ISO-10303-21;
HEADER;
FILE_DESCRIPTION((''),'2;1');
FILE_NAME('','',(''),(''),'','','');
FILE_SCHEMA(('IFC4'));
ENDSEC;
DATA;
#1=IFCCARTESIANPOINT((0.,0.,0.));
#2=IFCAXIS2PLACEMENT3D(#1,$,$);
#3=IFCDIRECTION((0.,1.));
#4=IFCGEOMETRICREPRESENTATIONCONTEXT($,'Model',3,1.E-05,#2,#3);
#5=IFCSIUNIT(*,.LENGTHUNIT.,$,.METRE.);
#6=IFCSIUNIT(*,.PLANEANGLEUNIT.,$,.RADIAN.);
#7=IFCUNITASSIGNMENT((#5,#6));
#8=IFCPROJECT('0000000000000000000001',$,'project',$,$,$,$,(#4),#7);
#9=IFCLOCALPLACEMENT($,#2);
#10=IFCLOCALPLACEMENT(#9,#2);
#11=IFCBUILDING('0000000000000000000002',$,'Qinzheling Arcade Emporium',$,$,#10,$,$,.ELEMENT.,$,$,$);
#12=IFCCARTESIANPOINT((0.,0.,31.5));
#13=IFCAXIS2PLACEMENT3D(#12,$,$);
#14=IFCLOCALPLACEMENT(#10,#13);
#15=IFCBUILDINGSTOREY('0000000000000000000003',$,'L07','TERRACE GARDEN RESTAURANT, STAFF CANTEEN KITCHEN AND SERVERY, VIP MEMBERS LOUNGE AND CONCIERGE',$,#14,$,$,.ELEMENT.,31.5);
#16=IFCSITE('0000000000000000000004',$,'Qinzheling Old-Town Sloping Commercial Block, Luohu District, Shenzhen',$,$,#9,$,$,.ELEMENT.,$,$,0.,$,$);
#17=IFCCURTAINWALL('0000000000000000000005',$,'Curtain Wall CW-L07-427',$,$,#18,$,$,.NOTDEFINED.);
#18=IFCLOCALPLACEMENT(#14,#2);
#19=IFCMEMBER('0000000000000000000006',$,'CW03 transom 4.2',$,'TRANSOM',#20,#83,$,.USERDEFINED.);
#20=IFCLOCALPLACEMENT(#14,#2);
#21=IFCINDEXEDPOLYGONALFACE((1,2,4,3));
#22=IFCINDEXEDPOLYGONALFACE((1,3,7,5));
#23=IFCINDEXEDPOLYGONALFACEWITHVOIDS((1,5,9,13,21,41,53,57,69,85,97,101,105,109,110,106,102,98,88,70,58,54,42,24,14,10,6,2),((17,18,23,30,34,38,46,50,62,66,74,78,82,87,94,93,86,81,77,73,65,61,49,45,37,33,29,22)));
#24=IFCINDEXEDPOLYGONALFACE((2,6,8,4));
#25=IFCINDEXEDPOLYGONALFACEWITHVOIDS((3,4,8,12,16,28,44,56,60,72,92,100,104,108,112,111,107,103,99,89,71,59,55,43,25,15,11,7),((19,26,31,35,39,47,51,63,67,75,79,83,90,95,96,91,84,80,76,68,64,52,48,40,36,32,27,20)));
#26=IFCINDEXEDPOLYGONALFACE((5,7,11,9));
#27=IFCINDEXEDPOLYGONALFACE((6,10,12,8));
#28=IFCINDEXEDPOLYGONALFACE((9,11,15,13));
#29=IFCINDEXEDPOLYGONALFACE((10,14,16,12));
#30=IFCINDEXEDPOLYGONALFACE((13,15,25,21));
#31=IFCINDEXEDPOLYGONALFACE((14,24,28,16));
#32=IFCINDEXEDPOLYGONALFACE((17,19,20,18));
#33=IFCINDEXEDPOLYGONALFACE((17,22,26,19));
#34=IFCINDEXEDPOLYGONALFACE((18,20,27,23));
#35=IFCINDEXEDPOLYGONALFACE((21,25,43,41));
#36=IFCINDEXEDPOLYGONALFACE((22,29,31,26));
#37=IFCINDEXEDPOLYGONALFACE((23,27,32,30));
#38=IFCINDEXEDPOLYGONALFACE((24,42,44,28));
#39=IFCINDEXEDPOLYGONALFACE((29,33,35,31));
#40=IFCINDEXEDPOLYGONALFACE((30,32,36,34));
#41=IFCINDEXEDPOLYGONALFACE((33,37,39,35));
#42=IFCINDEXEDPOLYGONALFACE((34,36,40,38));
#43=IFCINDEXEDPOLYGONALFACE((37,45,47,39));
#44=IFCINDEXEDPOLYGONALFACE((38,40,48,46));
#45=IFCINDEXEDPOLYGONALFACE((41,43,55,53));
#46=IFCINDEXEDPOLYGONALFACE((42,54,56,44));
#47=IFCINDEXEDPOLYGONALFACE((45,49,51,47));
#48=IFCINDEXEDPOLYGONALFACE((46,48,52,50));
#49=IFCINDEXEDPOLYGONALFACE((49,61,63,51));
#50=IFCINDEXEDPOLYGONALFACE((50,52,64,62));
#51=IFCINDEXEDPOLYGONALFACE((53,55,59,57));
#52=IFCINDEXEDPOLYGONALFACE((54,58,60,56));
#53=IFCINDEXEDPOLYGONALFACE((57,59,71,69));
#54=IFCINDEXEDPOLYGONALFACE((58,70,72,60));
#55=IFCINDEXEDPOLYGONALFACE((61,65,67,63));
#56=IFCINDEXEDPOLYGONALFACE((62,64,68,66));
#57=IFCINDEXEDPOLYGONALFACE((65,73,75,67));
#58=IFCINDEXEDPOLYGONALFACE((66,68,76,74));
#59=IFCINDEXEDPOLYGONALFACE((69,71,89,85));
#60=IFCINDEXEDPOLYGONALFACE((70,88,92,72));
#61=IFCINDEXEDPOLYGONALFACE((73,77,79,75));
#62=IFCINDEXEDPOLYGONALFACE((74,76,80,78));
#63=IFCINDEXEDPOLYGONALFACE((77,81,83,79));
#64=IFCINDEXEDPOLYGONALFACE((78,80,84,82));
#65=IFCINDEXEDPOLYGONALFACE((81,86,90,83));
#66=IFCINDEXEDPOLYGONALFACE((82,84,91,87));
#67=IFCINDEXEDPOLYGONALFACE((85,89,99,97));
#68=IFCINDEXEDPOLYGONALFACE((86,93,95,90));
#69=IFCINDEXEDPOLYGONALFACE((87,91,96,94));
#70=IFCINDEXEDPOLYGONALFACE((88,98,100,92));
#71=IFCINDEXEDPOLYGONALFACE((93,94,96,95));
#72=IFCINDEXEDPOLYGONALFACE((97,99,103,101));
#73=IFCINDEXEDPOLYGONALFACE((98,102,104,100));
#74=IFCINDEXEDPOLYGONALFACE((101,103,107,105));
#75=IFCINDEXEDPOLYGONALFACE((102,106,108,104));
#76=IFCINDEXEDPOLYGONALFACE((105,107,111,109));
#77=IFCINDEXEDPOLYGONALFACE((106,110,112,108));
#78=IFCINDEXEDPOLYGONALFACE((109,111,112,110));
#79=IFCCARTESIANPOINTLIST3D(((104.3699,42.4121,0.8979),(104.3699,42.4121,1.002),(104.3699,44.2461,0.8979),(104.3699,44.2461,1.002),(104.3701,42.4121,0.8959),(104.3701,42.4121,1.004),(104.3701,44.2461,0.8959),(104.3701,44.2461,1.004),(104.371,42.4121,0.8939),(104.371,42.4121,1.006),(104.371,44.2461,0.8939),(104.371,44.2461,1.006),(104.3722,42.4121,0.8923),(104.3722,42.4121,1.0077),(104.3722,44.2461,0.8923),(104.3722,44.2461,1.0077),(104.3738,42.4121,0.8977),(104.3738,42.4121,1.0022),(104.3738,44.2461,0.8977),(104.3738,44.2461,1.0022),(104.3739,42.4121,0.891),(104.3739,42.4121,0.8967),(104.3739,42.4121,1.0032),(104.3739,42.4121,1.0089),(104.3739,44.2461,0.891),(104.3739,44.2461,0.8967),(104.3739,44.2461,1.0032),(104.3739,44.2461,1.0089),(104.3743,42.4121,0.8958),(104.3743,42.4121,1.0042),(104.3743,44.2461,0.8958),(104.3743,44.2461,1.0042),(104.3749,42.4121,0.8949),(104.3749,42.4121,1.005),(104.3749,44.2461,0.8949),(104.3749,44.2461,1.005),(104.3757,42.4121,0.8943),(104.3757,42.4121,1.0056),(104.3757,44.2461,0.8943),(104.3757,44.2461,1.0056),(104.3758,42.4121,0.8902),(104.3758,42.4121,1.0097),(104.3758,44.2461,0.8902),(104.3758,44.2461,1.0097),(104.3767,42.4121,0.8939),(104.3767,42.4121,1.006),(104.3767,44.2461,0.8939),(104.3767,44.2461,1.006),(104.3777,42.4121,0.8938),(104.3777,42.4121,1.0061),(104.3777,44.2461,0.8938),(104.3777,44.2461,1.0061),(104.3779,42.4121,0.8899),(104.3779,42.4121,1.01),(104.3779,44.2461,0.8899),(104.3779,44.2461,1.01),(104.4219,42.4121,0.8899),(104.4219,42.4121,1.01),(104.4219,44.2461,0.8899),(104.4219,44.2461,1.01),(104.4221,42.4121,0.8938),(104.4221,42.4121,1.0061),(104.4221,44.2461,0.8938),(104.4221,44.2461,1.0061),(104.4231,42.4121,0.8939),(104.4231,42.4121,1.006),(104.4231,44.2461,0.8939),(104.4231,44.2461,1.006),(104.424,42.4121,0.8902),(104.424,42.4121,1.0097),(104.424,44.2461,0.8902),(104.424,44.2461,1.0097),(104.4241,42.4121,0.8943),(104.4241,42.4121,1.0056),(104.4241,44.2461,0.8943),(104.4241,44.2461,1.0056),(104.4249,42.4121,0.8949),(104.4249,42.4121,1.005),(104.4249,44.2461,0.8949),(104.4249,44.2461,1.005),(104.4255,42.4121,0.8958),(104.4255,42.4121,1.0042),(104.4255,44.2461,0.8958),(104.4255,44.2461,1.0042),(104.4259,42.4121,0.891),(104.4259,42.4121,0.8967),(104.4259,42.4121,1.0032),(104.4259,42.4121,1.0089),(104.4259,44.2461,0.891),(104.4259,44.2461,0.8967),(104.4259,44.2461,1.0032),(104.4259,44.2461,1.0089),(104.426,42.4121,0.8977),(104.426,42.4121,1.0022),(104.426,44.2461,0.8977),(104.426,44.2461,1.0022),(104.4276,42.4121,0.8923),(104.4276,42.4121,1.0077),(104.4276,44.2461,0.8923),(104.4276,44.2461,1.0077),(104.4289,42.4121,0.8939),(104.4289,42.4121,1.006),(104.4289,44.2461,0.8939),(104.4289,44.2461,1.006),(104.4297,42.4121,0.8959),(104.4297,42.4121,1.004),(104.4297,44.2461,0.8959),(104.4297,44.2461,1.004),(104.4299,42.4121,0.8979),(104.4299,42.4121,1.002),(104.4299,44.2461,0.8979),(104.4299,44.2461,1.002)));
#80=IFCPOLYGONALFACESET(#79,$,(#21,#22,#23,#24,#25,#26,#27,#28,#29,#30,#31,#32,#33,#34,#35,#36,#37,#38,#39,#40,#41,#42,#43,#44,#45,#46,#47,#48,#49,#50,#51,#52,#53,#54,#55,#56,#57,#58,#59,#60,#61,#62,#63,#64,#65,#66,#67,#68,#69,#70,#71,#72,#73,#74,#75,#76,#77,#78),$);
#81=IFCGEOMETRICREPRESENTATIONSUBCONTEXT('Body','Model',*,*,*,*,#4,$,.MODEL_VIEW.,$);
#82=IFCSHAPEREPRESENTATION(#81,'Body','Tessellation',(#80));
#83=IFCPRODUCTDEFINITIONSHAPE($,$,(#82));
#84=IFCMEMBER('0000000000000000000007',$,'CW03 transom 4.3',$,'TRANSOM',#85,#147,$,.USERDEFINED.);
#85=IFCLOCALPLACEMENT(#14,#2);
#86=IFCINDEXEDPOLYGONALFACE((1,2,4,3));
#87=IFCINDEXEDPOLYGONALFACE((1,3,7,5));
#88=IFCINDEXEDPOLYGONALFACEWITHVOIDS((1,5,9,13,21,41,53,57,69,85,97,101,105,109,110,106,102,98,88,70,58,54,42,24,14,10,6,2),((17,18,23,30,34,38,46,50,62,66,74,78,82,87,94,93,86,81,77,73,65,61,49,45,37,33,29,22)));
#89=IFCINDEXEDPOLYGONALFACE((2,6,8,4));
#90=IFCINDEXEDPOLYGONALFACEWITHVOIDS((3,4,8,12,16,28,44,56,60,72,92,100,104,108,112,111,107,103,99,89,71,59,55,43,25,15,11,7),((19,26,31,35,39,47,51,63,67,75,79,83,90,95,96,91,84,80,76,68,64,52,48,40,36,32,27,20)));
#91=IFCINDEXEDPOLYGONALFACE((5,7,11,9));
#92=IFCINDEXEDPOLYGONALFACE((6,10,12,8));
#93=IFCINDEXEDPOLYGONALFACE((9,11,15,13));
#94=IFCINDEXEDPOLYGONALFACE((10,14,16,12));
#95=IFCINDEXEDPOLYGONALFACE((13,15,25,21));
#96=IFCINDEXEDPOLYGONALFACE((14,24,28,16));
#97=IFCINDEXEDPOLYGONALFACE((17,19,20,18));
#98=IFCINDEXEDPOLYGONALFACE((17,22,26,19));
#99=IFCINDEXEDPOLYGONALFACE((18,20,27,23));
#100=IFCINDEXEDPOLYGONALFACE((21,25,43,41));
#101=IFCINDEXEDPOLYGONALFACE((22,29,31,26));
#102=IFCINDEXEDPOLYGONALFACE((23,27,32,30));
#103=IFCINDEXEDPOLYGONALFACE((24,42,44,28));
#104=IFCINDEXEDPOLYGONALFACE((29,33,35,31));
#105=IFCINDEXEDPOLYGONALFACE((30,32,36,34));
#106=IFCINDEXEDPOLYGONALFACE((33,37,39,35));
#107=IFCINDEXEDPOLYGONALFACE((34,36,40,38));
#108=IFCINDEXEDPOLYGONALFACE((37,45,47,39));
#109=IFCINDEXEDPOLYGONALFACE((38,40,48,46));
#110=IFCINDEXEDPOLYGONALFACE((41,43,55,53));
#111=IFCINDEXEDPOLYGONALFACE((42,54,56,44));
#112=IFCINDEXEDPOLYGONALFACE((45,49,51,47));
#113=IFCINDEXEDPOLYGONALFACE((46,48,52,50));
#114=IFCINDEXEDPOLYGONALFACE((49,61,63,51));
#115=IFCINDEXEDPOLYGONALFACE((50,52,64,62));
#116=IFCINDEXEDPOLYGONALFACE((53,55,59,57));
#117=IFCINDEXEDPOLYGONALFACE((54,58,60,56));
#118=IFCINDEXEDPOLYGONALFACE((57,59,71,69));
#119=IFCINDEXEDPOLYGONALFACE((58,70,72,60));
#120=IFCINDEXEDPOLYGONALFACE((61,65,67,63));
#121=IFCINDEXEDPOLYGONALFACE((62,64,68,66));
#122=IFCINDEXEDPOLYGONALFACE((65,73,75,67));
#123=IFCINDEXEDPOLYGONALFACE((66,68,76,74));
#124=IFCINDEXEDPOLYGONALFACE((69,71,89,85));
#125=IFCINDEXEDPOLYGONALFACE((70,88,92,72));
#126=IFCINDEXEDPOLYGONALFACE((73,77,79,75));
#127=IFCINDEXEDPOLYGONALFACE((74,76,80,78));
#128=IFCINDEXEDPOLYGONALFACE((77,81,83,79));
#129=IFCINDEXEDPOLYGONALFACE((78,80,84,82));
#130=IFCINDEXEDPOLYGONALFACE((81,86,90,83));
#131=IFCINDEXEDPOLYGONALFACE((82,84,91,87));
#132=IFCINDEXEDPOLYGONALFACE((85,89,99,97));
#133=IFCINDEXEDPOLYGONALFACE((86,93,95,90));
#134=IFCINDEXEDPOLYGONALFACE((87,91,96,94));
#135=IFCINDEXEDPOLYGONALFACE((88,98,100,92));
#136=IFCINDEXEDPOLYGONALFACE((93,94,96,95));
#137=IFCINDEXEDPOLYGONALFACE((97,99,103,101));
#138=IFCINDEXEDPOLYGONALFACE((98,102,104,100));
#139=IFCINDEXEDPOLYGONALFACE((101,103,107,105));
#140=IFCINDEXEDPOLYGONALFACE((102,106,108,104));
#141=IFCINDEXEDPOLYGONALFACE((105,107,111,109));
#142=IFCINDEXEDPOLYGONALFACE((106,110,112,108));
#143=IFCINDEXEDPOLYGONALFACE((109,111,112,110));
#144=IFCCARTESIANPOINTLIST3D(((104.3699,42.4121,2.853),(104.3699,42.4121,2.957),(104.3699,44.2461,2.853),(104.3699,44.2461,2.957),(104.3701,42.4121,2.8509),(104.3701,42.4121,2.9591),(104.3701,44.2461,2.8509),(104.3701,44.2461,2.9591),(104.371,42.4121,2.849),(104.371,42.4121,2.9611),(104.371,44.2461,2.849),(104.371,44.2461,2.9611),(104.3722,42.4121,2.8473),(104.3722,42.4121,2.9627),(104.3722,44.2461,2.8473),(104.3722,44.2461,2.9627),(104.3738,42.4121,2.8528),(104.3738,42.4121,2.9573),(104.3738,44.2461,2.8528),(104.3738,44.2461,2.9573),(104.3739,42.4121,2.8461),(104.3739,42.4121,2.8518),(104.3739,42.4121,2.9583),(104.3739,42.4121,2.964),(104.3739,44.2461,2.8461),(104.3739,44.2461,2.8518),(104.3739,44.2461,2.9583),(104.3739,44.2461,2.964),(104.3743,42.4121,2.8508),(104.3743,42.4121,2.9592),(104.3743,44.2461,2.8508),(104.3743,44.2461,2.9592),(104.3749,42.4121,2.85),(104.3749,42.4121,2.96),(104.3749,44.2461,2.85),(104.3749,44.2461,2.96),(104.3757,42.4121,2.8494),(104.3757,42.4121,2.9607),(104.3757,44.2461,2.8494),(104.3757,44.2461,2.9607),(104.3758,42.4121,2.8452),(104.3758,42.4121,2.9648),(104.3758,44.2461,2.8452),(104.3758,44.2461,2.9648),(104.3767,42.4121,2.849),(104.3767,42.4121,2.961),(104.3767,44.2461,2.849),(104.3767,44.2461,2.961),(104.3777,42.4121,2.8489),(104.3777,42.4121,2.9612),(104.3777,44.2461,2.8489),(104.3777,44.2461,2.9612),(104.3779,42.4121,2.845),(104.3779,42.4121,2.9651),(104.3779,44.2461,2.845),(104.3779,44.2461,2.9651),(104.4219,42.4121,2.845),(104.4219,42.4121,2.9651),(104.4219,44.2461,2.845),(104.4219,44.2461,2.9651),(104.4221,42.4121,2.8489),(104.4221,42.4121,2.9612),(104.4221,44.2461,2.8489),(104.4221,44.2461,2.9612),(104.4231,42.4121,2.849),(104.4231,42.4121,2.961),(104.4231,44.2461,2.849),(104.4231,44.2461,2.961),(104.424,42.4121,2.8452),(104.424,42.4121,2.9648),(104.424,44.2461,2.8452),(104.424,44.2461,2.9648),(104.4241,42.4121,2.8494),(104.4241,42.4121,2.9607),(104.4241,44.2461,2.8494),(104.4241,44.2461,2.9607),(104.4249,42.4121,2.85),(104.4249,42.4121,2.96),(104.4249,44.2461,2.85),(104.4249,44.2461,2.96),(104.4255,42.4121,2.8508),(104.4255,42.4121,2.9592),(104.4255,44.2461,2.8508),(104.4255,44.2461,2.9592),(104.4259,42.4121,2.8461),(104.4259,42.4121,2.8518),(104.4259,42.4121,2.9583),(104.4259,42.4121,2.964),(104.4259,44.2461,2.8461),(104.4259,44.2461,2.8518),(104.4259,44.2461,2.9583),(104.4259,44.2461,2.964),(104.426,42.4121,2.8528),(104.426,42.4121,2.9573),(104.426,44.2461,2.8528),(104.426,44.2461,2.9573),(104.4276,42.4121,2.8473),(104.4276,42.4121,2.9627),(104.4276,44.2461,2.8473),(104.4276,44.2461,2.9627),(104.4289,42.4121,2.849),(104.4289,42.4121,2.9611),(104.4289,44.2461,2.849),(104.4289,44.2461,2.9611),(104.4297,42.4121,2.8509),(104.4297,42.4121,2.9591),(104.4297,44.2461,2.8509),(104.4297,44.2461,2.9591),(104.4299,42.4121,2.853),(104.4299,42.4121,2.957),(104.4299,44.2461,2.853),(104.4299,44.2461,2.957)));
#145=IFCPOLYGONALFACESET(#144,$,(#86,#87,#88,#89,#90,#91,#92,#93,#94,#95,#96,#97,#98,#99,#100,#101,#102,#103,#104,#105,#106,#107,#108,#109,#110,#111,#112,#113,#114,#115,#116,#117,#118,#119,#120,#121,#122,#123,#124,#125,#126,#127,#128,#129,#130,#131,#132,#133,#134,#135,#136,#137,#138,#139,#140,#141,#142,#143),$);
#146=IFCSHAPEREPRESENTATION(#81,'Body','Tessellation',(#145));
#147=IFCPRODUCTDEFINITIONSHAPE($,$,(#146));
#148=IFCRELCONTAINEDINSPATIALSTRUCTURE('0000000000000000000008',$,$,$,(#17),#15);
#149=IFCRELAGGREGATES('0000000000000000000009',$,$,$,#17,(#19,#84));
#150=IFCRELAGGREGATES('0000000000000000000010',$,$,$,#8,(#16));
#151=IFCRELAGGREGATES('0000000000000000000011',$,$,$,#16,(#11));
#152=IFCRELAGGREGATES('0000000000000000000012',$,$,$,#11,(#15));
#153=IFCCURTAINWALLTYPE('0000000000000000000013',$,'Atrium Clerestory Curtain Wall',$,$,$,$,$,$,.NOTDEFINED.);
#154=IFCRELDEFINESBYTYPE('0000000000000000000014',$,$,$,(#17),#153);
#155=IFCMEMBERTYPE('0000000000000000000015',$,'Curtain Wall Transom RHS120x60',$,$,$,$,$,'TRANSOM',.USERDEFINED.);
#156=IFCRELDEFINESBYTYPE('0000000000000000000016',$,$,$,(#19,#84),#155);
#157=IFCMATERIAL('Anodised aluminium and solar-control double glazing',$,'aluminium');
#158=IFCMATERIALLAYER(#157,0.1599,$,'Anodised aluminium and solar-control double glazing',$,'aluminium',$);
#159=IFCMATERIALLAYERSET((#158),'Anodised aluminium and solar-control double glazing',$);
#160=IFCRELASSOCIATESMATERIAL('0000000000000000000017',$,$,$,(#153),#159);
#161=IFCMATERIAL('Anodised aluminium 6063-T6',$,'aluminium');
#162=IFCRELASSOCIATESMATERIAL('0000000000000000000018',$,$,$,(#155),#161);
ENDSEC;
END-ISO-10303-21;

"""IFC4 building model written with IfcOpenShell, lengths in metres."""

from ifc_helpers import new_model, si_unit, direction, frame, origin, origin_2d, place, context, subcontext, project, spatial, hollow_rectangle, extrude, material, layer, layer_set, material_profile, profile_set, type_object, element, aggregate, save


model = new_model("IFC4")

# Units and contexts
model_context = context("Model", 3, precision=1e-05, world=origin(), true_north=direction((0.0, 1.0)))
body_context = subcontext(model_context, "Body", "Model", "MODEL_VIEW")
ifc_project = project(units=[si_unit("LENGTHUNIT", "METRE"), si_unit("PLANEANGLEUNIT", "RADIAN")], contexts=[model_context])

# Site, building, storey
site_placement = place(None, origin())
site = spatial("IfcSite", under=ifc_project, at=site_placement, Name="Qinzheling Old-Town Sloping Commercial Block, Luohu District, Shenzhen", CompositionType="ELEMENT", RefElevation=0.0)
building_placement = place(site_placement, origin())
building = spatial("IfcBuilding", under=site, at=building_placement, Name="Qinzheling Arcade Emporium", CompositionType="ELEMENT")
storey_placement = place(building_placement, frame((0.0, 0.0, 31.5)))
storey = spatial("IfcBuildingStorey", under=building, at=storey_placement, Name="L07", Description="TERRACE GARDEN RESTAURANT, STAFF CANTEEN KITCHEN AND SERVERY, VIP MEMBERS LOUNGE AND CONCIERGE", CompositionType="ELEMENT", Elevation=31.5)

# Curtain wall, members
ifc_material_1 = material(Name="Anodised aluminium and solar-control double glazing", Category="aluminium")
ifc_layer_1 = layer(ifc_material_1, 0.1599, Name="Anodised aluminium and solar-control double glazing", Category="aluminium")
ifc_layer_set_1 = layer_set([ifc_layer_1], Name="Anodised aluminium and solar-control double glazing")
curtain_wall_type = type_object("IfcCurtainWallType", Name="Atrium Clerestory Curtain Wall", PredefinedType="NOTDEFINED", material=ifc_layer_set_1)
curtain_wall_placement = place(storey_placement, origin())
curtain_wall = element("IfcCurtainWall", 1, at=curtain_wall_placement, inside=storey, type_object=curtain_wall_type, Name="Curtain Wall CW-L07-427", PredefinedType="NOTDEFINED")
ifc_material_2 = material(Name="Anodised aluminium 6063-T6", Category="aluminium")
ifc_material_profile_1 = material_profile(ifc_material_2, hollow_rectangle(XDim=0.0601, YDim=0.1201, WallThickness=0.0039, InnerFilletRadius=0.0039, OuterFilletRadius=0.0081, at=origin_2d()), Name="RHS 120x60x4", Category="aluminium")
ifc_profile_set_1 = profile_set([ifc_material_profile_1], Name="Anodised aluminium 6063-T6")
member_type_1 = type_object("IfcMemberType", Name="Curtain Wall Transom RHS120x60", ElementType="TRANSOM", PredefinedType="USERDEFINED", material=ifc_profile_set_1)
member_1_placement = place(storey_placement, frame((104.3999, 44.2461, 0.95), z_axis=(0.0, -1.0, 0.0), x_axis=(1.0, 0.0, 0.0)))
member_1 = element("IfcMember", 2, at=member_1_placement, type_object=member_type_1, Name="CW03 transom 4.2", ObjectType="TRANSOM", PredefinedType="USERDEFINED", context=body_context, shape_type="SweptSolid", body=[
    extrude(hollow_rectangle(XDim=0.0601, YDim=0.1201, WallThickness=0.0039, InnerFilletRadius=0.0039, OuterFilletRadius=0.0081, at=origin_2d()), origin(), (0.0, 0.0, 1.0), 1.834),
])
member_2_placement = place(storey_placement, frame((104.3999, 44.2461, 2.905), z_axis=(0.0, -1.0, 0.0), x_axis=(1.0, 0.0, 0.0)))
member_2 = element("IfcMember", 3, at=member_2_placement, type_object=member_type_1, Name="CW03 transom 4.3", ObjectType="TRANSOM", PredefinedType="USERDEFINED", context=body_context, shape_type="SweptSolid", body=[
    extrude(hollow_rectangle(XDim=0.0601, YDim=0.1201, WallThickness=0.0039, InnerFilletRadius=0.0039, OuterFilletRadius=0.0081, at=origin_2d()), origin(), (0.0, 0.0, 1.0), 1.834),
])

aggregate(curtain_wall, [member_1, member_2])

save(model, "model.ifc")
